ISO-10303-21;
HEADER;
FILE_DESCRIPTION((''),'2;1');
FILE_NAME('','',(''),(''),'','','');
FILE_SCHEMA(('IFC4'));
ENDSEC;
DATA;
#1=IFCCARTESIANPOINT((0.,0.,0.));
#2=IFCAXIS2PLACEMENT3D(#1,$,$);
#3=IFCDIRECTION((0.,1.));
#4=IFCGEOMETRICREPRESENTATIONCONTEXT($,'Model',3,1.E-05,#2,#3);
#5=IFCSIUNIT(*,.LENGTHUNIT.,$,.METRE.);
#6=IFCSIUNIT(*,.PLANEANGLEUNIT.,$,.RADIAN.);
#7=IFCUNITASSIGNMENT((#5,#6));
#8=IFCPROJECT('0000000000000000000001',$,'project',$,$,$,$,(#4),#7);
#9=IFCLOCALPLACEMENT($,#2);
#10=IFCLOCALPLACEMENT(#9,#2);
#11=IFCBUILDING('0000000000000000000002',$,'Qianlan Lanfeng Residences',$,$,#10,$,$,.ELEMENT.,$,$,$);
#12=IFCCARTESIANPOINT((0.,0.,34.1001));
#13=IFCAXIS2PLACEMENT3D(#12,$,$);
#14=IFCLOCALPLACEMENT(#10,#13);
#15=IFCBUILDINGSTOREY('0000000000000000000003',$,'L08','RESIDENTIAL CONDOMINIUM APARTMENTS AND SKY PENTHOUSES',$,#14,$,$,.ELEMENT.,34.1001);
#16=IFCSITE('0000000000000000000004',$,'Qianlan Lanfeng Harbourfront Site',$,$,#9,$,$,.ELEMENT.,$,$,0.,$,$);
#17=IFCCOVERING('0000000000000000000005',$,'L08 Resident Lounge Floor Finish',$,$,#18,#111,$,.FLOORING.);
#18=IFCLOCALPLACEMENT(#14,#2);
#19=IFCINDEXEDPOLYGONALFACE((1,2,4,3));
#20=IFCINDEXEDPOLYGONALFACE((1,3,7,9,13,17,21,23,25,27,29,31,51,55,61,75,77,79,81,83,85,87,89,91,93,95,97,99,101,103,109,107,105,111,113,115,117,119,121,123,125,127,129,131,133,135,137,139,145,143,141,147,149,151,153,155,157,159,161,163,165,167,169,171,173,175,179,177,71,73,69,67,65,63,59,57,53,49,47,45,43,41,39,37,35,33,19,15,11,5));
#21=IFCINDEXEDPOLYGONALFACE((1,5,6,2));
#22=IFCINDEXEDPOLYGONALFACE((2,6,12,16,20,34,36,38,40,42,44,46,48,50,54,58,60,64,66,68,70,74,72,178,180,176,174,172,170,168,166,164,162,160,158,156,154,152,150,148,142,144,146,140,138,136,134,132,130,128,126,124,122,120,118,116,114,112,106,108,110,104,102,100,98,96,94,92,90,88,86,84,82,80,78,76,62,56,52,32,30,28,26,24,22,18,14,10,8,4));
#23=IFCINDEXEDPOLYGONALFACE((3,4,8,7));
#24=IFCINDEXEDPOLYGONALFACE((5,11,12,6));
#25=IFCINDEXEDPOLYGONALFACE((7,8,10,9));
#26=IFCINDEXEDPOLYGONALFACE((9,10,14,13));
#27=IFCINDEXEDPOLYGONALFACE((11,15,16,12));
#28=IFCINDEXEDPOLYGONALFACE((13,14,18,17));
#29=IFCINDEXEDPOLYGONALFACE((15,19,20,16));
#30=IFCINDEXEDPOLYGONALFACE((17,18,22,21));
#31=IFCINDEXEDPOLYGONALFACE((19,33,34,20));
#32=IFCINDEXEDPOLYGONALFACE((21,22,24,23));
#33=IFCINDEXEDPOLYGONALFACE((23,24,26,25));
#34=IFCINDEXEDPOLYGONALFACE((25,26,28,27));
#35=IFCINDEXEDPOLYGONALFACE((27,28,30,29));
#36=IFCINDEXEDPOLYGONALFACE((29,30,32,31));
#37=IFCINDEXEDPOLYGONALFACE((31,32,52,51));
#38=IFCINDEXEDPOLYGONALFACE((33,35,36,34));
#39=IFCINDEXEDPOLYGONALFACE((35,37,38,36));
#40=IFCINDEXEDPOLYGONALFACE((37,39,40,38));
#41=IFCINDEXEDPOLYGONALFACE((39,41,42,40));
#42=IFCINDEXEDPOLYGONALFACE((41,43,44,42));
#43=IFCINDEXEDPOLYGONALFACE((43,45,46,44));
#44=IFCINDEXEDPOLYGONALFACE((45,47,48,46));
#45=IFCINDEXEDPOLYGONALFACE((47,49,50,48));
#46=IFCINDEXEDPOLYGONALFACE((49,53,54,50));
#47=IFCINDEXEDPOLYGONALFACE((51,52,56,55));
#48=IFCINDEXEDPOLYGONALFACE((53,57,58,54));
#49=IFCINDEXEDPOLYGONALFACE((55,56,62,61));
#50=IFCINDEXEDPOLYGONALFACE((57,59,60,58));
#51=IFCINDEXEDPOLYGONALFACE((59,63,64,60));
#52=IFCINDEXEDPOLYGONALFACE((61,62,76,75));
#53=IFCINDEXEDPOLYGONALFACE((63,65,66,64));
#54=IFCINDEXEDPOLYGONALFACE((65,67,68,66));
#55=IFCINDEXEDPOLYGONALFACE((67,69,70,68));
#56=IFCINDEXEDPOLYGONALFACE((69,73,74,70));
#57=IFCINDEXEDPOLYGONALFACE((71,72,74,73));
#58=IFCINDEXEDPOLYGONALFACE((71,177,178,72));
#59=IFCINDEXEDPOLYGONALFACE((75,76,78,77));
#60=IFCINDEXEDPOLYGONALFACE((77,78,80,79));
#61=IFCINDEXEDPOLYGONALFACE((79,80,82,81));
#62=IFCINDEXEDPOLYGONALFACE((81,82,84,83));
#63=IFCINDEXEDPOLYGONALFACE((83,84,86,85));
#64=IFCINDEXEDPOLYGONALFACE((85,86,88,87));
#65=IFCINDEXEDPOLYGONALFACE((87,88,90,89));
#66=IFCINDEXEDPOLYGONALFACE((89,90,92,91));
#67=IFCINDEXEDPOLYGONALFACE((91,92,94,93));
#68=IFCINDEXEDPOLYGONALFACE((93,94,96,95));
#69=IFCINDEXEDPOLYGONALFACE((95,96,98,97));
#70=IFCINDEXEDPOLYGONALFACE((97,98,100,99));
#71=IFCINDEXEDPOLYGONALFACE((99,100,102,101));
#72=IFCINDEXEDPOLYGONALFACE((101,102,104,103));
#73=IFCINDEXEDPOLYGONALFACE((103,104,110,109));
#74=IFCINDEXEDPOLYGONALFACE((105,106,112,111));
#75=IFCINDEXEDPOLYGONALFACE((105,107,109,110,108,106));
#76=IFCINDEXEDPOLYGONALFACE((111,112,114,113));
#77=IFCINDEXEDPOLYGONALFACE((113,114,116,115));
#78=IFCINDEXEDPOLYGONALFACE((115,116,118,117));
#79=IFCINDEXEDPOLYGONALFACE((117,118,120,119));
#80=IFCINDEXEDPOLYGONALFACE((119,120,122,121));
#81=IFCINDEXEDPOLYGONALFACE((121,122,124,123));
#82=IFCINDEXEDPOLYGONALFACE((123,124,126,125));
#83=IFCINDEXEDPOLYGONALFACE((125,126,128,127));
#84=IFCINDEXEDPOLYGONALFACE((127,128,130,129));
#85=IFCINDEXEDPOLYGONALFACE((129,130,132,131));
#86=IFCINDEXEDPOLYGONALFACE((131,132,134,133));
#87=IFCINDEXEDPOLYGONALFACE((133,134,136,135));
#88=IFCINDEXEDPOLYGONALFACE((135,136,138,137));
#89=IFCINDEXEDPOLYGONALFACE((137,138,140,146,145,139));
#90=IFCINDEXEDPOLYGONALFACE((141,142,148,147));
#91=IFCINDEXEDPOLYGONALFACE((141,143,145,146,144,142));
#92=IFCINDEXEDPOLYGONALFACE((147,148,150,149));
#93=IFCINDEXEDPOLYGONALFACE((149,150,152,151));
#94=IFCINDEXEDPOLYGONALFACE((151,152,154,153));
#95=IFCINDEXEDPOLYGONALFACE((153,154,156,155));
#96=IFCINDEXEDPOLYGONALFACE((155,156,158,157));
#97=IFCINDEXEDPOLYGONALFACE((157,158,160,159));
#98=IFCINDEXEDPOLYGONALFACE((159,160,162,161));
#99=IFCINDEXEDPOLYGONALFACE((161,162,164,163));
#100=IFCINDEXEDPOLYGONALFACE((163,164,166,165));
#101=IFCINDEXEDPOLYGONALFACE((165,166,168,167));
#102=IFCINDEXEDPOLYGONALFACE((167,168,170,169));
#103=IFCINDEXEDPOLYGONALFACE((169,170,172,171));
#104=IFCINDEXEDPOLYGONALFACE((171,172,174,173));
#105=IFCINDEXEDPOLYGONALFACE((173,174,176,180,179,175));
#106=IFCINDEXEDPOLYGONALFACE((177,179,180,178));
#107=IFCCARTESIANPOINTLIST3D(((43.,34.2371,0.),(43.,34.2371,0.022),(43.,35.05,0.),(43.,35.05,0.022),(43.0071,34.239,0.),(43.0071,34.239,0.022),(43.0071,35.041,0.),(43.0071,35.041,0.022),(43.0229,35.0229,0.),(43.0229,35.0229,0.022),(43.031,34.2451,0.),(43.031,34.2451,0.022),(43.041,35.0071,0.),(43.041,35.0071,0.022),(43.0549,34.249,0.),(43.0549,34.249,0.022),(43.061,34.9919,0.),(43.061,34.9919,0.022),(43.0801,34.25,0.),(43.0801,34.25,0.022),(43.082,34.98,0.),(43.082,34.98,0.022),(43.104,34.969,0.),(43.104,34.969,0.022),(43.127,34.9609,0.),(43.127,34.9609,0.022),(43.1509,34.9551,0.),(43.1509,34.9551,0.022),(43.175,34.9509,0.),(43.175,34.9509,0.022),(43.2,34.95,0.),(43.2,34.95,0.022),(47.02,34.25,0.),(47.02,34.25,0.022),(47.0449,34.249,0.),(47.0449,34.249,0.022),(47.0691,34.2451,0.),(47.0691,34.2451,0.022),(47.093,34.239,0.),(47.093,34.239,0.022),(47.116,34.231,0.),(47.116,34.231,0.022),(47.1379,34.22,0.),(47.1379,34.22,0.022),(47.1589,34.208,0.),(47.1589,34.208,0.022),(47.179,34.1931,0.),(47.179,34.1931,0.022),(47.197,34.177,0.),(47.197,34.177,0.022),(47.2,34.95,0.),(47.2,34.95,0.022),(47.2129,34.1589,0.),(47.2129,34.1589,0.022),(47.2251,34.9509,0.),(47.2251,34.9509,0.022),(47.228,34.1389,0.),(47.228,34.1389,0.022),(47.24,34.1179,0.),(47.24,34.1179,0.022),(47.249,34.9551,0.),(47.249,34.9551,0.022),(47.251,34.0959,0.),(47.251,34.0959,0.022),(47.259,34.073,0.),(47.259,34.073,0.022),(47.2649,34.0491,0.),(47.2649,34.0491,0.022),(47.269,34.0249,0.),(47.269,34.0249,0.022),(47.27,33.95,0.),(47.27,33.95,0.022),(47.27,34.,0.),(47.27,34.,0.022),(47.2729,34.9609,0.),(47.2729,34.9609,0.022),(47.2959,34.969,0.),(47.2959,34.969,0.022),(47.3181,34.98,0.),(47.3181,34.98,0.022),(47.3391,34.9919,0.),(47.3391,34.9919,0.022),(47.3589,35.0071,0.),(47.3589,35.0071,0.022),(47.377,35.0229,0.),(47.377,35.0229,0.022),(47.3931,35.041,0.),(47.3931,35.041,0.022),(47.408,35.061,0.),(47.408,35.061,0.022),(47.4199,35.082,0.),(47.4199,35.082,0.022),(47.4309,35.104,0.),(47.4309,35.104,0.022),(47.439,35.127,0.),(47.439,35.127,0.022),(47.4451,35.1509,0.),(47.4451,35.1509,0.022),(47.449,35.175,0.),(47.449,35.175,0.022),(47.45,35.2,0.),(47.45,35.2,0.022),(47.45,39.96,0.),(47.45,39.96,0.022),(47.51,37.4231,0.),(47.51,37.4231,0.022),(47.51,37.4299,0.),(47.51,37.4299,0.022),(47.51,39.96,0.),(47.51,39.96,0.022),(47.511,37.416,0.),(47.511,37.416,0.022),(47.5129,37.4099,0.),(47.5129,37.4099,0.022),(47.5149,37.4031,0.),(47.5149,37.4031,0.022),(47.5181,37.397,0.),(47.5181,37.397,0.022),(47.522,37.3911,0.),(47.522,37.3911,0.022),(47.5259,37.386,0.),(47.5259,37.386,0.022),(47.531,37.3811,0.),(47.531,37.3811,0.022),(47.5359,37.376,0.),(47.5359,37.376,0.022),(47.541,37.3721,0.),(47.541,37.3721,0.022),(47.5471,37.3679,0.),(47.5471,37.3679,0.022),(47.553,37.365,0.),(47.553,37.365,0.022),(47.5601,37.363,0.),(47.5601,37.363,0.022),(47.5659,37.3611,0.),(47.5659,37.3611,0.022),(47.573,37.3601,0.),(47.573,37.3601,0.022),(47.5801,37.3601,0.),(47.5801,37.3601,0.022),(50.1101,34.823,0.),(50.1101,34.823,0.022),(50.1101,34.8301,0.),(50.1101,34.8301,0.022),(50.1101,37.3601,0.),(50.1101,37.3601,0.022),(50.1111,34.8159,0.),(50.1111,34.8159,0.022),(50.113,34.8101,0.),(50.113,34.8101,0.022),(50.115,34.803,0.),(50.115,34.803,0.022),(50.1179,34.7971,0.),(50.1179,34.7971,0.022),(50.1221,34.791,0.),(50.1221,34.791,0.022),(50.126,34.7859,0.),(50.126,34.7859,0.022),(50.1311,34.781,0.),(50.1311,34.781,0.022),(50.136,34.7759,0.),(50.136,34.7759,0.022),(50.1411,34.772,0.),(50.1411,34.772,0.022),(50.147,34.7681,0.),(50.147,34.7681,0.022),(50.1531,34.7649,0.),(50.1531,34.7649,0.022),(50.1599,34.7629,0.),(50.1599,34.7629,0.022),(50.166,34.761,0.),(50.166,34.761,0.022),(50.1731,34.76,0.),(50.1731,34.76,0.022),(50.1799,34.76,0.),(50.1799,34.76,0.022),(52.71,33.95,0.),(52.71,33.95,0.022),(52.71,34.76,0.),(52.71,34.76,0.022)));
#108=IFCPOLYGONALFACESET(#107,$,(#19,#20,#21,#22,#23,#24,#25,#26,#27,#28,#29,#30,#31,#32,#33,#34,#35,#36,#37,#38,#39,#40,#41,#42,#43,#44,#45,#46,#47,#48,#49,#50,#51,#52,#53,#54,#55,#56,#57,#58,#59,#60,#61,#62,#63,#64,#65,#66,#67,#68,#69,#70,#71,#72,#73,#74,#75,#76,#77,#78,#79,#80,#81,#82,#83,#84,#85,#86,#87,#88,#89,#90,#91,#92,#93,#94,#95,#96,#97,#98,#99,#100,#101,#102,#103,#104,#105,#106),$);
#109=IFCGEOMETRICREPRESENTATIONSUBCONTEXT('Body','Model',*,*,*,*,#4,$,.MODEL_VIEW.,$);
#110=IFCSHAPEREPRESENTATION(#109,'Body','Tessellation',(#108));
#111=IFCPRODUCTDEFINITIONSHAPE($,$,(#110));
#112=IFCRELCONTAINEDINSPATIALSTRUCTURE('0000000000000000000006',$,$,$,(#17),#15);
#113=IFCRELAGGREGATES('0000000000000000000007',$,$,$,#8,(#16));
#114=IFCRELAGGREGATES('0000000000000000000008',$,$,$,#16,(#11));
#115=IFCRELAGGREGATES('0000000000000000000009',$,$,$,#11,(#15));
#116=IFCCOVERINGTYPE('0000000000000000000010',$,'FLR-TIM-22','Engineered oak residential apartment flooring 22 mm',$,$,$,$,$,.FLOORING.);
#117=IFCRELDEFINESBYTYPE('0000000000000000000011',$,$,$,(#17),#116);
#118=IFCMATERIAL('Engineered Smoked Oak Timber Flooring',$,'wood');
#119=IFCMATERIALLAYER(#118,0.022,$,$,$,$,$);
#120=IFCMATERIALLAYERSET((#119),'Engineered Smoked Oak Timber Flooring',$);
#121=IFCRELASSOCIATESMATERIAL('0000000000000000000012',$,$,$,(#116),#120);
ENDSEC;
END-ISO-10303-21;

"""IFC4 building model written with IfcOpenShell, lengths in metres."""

from ifc_helpers import new_model, si_unit, direction, frame, origin, place, context, subcontext, project, spatial, polyline, outline, extrude, material, layer, layer_set, type_object, element, save


model = new_model("IFC4")

# Units and contexts
model_context = context("Model", 3, precision=1e-05, world=origin(), true_north=direction((0.0, 1.0)))
body_context = subcontext(model_context, "Body", "Model", "MODEL_VIEW")
ifc_project = project(units=[si_unit("LENGTHUNIT", "METRE"), si_unit("PLANEANGLEUNIT", "RADIAN")], contexts=[model_context])

# Site, building, storey
site_placement = place(None, origin())
site = spatial("IfcSite", under=ifc_project, at=site_placement, Name="Qianlan Lanfeng Harbourfront Site", CompositionType="ELEMENT", RefElevation=0.0)
building_placement = place(site_placement, origin())
building = spatial("IfcBuilding", under=site, at=building_placement, Name="Qianlan Lanfeng Residences", CompositionType="ELEMENT")
storey_placement = place(building_placement, frame((0.0, 0.0, 34.1001)))
storey = spatial("IfcBuildingStorey", under=building, at=storey_placement, Name="L08", Description="RESIDENTIAL CONDOMINIUM APARTMENTS AND SKY PENTHOUSES", CompositionType="ELEMENT", Elevation=34.1001)

# Covering
ifc_material_1 = material(Name="Engineered Smoked Oak Timber Flooring", Category="wood")
ifc_layer_1 = layer(ifc_material_1, 0.022)
ifc_layer_set_1 = layer_set([ifc_layer_1], Name="Engineered Smoked Oak Timber Flooring")
covering_type_1 = type_object("IfcCoveringType", Name="FLR-TIM-22", Description="Engineered oak residential apartment flooring 22 mm", PredefinedType="FLOORING", material=ifc_layer_set_1)
covering_1_placement = place(storey_placement, origin())
element("IfcCovering", 1, at=covering_1_placement, inside=storey, type_object=covering_type_1, Name="L08 Resident Lounge Floor Finish", PredefinedType="FLOORING", context=body_context, shape_type="SweptSolid", body=[
    extrude(outline(polyline([(43.0, 34.2371), (43.0071, 34.239), (43.031, 34.2451), (43.0549, 34.249), (43.0801, 34.25), (47.02, 34.25), (47.0449, 34.249), (47.0691, 34.2451), (47.093, 34.239), (47.116, 34.231), (47.1379, 34.22), (47.1589, 34.208), (47.179, 34.1931), (47.197, 34.177), (47.2129, 34.1589), (47.228, 34.1389), (47.24, 34.1179), (47.251, 34.0959), (47.259, 34.073), (47.2649, 34.0491), (47.269, 34.0249), (47.27, 34.0), (47.27, 33.95), (52.71, 33.95), (52.71, 34.76), (50.1799, 34.76), (50.1731, 34.76), (50.166, 34.761), (50.1599, 34.7629), (50.1531, 34.7649), (50.147, 34.7681), (50.1411, 34.772), (50.136, 34.7759), (50.1311, 34.781), (50.126, 34.7859), (50.1221, 34.791), (50.1179, 34.7971), (50.115, 34.803), (50.113, 34.8101), (50.1111, 34.8159), (50.1101, 34.823), (50.1101, 34.8301), (50.1101, 37.3601), (47.5801, 37.3601), (47.573, 37.3601), (47.5659, 37.3611), (47.5601, 37.363), (47.553, 37.365), (47.5471, 37.3679), (47.541, 37.3721), (47.5359, 37.376), (47.531, 37.3811), (47.5259, 37.386), (47.522, 37.3911), (47.5181, 37.397), (47.5149, 37.4031), (47.5129, 37.4099), (47.511, 37.416), (47.51, 37.4231), (47.51, 37.4299), (47.51, 39.96), (47.45, 39.96), (47.45, 35.2), (47.449, 35.175), (47.4451, 35.1509), (47.439, 35.127), (47.4309, 35.104), (47.4199, 35.082), (47.408, 35.061), (47.3931, 35.041), (47.377, 35.0229), (47.3589, 35.0071), (47.3391, 34.9919), (47.3181, 34.98), (47.2959, 34.969), (47.2729, 34.9609), (47.249, 34.9551), (47.2251, 34.9509), (47.2, 34.95), (43.2, 34.95), (43.175, 34.9509), (43.1509, 34.9551), (43.127, 34.9609), (43.104, 34.969), (43.082, 34.98), (43.061, 34.9919), (43.041, 35.0071), (43.0229, 35.0229), (43.0071, 35.041), (43.0, 35.05), (43.0, 34.2371)])), origin(), (0.0, 0.0, 1.0), 0.022),
])

save(model, "model.ifc")
